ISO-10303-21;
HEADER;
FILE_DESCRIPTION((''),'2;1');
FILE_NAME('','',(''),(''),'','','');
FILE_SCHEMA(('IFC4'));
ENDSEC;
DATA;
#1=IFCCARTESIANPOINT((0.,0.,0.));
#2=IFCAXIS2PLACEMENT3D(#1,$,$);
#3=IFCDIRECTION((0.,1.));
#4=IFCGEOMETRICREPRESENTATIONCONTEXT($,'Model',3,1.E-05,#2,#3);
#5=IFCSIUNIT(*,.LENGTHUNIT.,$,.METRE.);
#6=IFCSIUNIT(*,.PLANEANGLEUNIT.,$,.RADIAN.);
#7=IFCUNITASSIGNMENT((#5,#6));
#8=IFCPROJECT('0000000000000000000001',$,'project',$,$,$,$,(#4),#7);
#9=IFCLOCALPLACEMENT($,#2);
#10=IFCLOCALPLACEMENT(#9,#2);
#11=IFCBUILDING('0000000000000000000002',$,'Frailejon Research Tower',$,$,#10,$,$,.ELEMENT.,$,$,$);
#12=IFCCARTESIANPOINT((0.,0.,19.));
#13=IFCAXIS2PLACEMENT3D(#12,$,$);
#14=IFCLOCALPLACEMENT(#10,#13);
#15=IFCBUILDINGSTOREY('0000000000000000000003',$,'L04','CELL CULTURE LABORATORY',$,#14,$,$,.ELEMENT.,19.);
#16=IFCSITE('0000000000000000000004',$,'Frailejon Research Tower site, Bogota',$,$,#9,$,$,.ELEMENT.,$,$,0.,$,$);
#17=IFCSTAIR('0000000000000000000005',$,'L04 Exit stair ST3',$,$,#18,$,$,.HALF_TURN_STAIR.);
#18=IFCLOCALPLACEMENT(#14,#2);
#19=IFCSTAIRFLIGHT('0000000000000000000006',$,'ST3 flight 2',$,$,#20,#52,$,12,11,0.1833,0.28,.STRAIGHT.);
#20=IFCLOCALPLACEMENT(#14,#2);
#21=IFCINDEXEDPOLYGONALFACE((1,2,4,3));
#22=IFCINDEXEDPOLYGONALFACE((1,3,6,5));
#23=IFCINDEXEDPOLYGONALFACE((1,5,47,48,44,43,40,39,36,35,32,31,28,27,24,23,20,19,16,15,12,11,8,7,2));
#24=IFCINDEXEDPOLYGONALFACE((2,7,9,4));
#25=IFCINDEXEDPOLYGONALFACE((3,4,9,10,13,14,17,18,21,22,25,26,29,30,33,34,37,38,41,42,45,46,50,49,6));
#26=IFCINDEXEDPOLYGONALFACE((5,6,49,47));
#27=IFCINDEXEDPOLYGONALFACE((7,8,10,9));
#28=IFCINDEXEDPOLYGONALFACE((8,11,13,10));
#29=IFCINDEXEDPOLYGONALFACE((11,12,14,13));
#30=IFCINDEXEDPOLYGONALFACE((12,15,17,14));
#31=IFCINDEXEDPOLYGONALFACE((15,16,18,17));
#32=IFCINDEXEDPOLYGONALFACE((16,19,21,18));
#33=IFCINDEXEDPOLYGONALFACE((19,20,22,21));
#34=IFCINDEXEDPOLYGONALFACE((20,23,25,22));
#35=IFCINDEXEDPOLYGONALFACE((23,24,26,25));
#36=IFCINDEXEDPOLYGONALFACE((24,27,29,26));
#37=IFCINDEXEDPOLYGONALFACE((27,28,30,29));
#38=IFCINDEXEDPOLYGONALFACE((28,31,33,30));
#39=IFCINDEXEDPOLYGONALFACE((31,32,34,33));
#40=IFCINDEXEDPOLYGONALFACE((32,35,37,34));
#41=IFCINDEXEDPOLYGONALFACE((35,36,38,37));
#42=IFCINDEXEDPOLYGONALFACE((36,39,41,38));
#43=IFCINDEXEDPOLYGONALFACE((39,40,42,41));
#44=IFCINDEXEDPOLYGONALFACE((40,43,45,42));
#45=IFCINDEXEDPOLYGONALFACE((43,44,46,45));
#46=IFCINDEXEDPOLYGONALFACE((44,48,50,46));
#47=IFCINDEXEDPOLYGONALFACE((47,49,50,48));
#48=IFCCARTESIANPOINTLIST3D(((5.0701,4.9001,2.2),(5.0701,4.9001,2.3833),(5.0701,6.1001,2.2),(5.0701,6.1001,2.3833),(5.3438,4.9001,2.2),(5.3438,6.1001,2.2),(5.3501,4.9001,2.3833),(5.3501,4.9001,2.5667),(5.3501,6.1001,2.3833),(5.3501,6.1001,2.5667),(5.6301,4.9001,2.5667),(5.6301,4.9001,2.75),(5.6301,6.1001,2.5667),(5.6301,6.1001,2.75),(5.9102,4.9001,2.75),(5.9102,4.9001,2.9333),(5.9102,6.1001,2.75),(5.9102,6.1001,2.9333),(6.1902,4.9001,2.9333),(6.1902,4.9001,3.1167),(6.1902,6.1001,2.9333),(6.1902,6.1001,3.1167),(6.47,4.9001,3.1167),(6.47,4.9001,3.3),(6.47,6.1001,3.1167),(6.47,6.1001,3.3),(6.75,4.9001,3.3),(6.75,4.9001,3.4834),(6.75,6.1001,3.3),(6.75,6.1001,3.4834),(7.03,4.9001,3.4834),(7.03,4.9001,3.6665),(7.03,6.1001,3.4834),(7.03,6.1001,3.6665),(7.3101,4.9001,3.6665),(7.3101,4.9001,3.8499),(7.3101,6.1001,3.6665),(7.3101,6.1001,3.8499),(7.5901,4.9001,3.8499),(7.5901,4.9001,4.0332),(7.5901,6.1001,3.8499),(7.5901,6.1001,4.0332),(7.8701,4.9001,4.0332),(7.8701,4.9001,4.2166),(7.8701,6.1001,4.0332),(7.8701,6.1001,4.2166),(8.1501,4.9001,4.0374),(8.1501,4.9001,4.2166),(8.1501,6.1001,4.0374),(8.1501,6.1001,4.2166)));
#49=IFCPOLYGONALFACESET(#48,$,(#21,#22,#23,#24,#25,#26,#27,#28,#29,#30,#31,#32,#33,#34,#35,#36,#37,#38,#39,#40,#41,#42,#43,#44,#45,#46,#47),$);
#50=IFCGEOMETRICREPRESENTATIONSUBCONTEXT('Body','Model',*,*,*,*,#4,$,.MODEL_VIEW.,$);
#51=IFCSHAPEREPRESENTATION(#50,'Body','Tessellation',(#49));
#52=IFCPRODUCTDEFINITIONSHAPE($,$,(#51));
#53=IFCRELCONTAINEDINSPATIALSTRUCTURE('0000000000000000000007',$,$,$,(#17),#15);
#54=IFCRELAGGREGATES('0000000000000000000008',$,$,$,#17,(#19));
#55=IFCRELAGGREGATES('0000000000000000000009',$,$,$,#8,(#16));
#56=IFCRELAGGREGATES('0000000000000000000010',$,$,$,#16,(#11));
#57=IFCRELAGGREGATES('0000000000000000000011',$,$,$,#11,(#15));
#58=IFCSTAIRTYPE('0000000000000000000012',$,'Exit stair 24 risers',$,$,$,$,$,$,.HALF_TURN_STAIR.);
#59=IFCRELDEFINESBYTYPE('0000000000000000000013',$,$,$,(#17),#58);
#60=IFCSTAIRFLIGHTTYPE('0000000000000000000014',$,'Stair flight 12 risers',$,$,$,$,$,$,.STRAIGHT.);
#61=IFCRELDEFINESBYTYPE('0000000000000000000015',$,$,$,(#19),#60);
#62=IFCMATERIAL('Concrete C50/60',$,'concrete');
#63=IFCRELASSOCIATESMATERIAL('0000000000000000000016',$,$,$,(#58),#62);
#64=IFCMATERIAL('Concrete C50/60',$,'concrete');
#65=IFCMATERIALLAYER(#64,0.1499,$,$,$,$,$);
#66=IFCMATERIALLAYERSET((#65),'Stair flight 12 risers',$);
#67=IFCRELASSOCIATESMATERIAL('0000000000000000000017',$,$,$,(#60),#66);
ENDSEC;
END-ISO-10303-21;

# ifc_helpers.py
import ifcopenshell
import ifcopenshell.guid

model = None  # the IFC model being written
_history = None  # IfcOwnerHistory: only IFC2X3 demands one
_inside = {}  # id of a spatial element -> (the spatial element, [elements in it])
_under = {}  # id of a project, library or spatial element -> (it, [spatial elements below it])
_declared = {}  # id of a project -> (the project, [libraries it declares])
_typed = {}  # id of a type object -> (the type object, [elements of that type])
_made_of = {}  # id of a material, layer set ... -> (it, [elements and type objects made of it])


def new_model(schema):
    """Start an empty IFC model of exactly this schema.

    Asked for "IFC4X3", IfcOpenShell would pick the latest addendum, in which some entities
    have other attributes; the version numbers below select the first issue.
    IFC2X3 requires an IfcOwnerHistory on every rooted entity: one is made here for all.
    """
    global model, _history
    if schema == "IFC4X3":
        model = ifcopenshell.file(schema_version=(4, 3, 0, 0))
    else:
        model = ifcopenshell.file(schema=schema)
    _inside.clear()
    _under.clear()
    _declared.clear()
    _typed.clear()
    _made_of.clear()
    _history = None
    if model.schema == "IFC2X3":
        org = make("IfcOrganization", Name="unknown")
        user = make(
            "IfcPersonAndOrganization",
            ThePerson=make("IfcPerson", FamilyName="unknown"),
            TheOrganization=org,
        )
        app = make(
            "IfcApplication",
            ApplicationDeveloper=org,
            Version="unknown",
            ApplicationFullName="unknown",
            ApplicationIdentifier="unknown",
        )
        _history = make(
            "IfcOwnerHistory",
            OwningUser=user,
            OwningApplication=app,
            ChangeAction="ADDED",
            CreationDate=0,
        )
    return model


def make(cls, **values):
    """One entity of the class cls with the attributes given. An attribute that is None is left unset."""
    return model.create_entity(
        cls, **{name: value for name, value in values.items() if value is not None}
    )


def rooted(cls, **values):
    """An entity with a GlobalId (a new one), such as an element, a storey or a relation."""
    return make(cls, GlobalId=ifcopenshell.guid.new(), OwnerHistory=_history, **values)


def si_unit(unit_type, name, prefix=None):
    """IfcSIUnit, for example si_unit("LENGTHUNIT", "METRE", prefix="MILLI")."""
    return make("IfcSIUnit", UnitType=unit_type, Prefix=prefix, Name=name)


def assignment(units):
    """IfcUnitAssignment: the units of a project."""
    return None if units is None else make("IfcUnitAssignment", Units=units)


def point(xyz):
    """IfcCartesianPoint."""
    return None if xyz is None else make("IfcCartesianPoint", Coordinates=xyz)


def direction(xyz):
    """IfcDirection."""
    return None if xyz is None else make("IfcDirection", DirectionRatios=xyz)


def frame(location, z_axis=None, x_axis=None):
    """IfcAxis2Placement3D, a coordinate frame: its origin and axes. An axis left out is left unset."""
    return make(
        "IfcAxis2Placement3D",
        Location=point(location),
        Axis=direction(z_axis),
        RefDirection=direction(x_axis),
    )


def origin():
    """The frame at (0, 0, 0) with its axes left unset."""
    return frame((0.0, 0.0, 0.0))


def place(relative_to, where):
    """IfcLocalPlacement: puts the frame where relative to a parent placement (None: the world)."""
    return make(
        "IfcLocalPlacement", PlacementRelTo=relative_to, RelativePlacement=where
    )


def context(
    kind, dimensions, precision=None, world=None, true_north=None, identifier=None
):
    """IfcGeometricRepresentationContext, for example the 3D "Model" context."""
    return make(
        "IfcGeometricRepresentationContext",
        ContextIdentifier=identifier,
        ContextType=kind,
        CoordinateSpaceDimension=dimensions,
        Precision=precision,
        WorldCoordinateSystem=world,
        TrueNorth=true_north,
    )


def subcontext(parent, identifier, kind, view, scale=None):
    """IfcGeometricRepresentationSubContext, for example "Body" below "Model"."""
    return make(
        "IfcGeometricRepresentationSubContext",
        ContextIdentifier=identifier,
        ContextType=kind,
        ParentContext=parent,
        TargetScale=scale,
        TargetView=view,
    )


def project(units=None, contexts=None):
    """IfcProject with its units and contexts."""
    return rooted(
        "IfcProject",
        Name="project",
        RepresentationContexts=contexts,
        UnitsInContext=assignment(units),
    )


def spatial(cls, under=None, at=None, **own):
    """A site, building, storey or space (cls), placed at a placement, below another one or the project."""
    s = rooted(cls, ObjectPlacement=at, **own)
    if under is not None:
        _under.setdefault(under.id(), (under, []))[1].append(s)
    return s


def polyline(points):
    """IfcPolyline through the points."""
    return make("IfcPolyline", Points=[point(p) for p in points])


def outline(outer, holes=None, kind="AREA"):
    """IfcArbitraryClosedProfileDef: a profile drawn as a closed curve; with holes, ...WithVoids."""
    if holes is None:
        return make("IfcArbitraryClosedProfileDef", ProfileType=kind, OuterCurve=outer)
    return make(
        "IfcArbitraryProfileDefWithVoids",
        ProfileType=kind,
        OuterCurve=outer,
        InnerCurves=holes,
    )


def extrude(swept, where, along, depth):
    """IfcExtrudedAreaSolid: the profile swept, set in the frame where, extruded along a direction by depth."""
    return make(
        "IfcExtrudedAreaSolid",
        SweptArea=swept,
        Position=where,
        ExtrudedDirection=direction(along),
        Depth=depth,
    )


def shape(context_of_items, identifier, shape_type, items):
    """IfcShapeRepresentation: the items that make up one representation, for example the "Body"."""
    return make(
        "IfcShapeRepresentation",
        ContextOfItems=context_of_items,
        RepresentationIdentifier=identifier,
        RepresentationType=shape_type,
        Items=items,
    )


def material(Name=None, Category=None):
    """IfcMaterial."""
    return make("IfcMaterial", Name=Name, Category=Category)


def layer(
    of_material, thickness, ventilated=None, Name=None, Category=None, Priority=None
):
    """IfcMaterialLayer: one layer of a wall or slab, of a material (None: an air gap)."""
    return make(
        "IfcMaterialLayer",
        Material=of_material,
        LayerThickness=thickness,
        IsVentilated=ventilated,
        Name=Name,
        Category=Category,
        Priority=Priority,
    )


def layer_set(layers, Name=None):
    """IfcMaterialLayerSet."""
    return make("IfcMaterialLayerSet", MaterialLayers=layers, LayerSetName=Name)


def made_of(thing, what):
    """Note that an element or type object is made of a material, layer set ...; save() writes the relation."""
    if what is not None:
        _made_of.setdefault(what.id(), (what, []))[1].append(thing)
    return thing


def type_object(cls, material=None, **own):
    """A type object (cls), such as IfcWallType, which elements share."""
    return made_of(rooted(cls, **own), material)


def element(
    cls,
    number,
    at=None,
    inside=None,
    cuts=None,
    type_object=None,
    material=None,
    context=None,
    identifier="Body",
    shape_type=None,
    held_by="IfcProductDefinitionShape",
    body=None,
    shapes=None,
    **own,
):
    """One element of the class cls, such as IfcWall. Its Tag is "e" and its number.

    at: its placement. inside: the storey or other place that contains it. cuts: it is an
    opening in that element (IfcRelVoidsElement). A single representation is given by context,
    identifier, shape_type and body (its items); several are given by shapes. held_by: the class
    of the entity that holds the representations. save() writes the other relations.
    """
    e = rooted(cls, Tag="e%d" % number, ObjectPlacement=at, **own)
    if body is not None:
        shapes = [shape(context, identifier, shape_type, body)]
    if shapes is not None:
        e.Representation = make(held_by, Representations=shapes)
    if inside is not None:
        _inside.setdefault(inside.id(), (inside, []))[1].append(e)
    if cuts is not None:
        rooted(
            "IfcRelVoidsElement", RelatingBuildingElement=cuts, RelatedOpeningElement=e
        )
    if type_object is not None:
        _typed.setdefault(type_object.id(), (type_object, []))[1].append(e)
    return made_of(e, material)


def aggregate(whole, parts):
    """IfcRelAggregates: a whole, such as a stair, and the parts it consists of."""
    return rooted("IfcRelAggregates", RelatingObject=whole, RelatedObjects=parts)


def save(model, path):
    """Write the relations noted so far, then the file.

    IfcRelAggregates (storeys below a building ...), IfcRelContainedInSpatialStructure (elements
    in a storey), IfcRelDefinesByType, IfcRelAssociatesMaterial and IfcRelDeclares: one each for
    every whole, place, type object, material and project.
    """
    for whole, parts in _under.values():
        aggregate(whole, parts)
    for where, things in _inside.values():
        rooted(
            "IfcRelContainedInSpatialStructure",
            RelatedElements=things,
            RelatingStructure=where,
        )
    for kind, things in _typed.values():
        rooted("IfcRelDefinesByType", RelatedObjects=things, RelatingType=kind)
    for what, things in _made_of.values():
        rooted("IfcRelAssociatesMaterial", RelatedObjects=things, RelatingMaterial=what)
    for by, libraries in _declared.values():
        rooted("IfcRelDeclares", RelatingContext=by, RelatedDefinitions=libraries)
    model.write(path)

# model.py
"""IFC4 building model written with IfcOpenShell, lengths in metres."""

from ifc_helpers import new_model, si_unit, direction, frame, origin, place, context, subcontext, project, spatial, polyline, outline, extrude, material, layer, layer_set, type_object, element, aggregate, save


model = new_model("IFC4")

# Units and contexts
model_context = context("Model", 3, precision=1e-05, world=origin(), true_north=direction((0.0, 1.0)))
body_context = subcontext(model_context, "Body", "Model", "MODEL_VIEW")
ifc_project = project(units=[si_unit("LENGTHUNIT", "METRE"), si_unit("PLANEANGLEUNIT", "RADIAN")], contexts=[model_context])

# Site, building, storey
site_placement = place(None, origin())
site = spatial("IfcSite", under=ifc_project, at=site_placement, Name="Frailejon Research Tower site, Bogota", CompositionType="ELEMENT", RefElevation=0.0)
building_placement = place(site_placement, origin())
building = spatial("IfcBuilding", under=site, at=building_placement, Name="Frailejon Research Tower", CompositionType="ELEMENT")
storey_placement = place(building_placement, frame((0.0, 0.0, 19.0)))
storey = spatial("IfcBuildingStorey", under=building, at=storey_placement, Name="L04", Description="CELL CULTURE LABORATORY", CompositionType="ELEMENT", Elevation=19.0)

# Stair
ifc_material_1 = material(Name="Concrete C50/60", Category="concrete")
stair_type = type_object("IfcStairType", Name="Exit stair 24 risers", PredefinedType="HALF_TURN_STAIR", material=ifc_material_1)
stair_1_placement = place(storey_placement, origin())
stair_1 = element("IfcStair", 1, at=stair_1_placement, inside=storey, type_object=stair_type, Name="L04 Exit stair ST3", PredefinedType="HALF_TURN_STAIR")

# Stair flight
ifc_material_2 = material(Name="Concrete C50/60", Category="concrete")
ifc_layer_1 = layer(ifc_material_2, 0.1499)
ifc_layer_set_1 = layer_set([ifc_layer_1], Name="Stair flight 12 risers")
stair_flight_type = type_object("IfcStairFlightType", Name="Stair flight 12 risers", PredefinedType="STRAIGHT", material=ifc_layer_set_1)
stair_flight_1_placement = place(storey_placement, frame((5.0701, 5.5, 2.2), z_axis=(0.0, 0.0, 1.0), x_axis=(1.0, 0.0, 0.0)))
stair_flight_1 = element("IfcStairFlight", 2, at=stair_flight_1_placement, type_object=stair_flight_type, Name="ST3 flight 2", NumberOfRisers=12, NumberOfTreads=11, PredefinedType="STRAIGHT", RiserHeight=0.1833, TreadLength=0.28, context=body_context, shape_type="SweptSolid", body=[
    extrude(outline(polyline([(0.0, 0.0), (0.0, 0.1833), (0.28, 0.1833), (0.28, 0.3667), (0.5601, 0.3667), (0.5601, 0.55), (0.8401, 0.55), (0.8401, 0.7334), (1.1201, 0.7334), (1.1201, 0.9167), (1.3999, 0.9167), (1.3999, 1.1001), (1.6799, 1.1001), (1.6799, 1.2834), (1.96, 1.2834), (1.96, 1.4666), (2.24, 1.4666), (2.24, 1.6499), (2.52, 1.6499), (2.52, 1.8333), (2.8, 1.8333), (2.8, 2.0166), (3.0801, 2.0166), (3.0801, 2.2), (3.0801, 1.8374), (0.2737, 0.0), (0.0, 0.0)])), frame((0.0, 0.6001, 0.0), z_axis=(0.0, -1.0, 0.0), x_axis=(1.0, 0.0, 0.0)), (0.0, 0.0, 1.0), 1.2),
])
aggregate(stair_1, [stair_flight_1])

save(model, "model.ifc")
